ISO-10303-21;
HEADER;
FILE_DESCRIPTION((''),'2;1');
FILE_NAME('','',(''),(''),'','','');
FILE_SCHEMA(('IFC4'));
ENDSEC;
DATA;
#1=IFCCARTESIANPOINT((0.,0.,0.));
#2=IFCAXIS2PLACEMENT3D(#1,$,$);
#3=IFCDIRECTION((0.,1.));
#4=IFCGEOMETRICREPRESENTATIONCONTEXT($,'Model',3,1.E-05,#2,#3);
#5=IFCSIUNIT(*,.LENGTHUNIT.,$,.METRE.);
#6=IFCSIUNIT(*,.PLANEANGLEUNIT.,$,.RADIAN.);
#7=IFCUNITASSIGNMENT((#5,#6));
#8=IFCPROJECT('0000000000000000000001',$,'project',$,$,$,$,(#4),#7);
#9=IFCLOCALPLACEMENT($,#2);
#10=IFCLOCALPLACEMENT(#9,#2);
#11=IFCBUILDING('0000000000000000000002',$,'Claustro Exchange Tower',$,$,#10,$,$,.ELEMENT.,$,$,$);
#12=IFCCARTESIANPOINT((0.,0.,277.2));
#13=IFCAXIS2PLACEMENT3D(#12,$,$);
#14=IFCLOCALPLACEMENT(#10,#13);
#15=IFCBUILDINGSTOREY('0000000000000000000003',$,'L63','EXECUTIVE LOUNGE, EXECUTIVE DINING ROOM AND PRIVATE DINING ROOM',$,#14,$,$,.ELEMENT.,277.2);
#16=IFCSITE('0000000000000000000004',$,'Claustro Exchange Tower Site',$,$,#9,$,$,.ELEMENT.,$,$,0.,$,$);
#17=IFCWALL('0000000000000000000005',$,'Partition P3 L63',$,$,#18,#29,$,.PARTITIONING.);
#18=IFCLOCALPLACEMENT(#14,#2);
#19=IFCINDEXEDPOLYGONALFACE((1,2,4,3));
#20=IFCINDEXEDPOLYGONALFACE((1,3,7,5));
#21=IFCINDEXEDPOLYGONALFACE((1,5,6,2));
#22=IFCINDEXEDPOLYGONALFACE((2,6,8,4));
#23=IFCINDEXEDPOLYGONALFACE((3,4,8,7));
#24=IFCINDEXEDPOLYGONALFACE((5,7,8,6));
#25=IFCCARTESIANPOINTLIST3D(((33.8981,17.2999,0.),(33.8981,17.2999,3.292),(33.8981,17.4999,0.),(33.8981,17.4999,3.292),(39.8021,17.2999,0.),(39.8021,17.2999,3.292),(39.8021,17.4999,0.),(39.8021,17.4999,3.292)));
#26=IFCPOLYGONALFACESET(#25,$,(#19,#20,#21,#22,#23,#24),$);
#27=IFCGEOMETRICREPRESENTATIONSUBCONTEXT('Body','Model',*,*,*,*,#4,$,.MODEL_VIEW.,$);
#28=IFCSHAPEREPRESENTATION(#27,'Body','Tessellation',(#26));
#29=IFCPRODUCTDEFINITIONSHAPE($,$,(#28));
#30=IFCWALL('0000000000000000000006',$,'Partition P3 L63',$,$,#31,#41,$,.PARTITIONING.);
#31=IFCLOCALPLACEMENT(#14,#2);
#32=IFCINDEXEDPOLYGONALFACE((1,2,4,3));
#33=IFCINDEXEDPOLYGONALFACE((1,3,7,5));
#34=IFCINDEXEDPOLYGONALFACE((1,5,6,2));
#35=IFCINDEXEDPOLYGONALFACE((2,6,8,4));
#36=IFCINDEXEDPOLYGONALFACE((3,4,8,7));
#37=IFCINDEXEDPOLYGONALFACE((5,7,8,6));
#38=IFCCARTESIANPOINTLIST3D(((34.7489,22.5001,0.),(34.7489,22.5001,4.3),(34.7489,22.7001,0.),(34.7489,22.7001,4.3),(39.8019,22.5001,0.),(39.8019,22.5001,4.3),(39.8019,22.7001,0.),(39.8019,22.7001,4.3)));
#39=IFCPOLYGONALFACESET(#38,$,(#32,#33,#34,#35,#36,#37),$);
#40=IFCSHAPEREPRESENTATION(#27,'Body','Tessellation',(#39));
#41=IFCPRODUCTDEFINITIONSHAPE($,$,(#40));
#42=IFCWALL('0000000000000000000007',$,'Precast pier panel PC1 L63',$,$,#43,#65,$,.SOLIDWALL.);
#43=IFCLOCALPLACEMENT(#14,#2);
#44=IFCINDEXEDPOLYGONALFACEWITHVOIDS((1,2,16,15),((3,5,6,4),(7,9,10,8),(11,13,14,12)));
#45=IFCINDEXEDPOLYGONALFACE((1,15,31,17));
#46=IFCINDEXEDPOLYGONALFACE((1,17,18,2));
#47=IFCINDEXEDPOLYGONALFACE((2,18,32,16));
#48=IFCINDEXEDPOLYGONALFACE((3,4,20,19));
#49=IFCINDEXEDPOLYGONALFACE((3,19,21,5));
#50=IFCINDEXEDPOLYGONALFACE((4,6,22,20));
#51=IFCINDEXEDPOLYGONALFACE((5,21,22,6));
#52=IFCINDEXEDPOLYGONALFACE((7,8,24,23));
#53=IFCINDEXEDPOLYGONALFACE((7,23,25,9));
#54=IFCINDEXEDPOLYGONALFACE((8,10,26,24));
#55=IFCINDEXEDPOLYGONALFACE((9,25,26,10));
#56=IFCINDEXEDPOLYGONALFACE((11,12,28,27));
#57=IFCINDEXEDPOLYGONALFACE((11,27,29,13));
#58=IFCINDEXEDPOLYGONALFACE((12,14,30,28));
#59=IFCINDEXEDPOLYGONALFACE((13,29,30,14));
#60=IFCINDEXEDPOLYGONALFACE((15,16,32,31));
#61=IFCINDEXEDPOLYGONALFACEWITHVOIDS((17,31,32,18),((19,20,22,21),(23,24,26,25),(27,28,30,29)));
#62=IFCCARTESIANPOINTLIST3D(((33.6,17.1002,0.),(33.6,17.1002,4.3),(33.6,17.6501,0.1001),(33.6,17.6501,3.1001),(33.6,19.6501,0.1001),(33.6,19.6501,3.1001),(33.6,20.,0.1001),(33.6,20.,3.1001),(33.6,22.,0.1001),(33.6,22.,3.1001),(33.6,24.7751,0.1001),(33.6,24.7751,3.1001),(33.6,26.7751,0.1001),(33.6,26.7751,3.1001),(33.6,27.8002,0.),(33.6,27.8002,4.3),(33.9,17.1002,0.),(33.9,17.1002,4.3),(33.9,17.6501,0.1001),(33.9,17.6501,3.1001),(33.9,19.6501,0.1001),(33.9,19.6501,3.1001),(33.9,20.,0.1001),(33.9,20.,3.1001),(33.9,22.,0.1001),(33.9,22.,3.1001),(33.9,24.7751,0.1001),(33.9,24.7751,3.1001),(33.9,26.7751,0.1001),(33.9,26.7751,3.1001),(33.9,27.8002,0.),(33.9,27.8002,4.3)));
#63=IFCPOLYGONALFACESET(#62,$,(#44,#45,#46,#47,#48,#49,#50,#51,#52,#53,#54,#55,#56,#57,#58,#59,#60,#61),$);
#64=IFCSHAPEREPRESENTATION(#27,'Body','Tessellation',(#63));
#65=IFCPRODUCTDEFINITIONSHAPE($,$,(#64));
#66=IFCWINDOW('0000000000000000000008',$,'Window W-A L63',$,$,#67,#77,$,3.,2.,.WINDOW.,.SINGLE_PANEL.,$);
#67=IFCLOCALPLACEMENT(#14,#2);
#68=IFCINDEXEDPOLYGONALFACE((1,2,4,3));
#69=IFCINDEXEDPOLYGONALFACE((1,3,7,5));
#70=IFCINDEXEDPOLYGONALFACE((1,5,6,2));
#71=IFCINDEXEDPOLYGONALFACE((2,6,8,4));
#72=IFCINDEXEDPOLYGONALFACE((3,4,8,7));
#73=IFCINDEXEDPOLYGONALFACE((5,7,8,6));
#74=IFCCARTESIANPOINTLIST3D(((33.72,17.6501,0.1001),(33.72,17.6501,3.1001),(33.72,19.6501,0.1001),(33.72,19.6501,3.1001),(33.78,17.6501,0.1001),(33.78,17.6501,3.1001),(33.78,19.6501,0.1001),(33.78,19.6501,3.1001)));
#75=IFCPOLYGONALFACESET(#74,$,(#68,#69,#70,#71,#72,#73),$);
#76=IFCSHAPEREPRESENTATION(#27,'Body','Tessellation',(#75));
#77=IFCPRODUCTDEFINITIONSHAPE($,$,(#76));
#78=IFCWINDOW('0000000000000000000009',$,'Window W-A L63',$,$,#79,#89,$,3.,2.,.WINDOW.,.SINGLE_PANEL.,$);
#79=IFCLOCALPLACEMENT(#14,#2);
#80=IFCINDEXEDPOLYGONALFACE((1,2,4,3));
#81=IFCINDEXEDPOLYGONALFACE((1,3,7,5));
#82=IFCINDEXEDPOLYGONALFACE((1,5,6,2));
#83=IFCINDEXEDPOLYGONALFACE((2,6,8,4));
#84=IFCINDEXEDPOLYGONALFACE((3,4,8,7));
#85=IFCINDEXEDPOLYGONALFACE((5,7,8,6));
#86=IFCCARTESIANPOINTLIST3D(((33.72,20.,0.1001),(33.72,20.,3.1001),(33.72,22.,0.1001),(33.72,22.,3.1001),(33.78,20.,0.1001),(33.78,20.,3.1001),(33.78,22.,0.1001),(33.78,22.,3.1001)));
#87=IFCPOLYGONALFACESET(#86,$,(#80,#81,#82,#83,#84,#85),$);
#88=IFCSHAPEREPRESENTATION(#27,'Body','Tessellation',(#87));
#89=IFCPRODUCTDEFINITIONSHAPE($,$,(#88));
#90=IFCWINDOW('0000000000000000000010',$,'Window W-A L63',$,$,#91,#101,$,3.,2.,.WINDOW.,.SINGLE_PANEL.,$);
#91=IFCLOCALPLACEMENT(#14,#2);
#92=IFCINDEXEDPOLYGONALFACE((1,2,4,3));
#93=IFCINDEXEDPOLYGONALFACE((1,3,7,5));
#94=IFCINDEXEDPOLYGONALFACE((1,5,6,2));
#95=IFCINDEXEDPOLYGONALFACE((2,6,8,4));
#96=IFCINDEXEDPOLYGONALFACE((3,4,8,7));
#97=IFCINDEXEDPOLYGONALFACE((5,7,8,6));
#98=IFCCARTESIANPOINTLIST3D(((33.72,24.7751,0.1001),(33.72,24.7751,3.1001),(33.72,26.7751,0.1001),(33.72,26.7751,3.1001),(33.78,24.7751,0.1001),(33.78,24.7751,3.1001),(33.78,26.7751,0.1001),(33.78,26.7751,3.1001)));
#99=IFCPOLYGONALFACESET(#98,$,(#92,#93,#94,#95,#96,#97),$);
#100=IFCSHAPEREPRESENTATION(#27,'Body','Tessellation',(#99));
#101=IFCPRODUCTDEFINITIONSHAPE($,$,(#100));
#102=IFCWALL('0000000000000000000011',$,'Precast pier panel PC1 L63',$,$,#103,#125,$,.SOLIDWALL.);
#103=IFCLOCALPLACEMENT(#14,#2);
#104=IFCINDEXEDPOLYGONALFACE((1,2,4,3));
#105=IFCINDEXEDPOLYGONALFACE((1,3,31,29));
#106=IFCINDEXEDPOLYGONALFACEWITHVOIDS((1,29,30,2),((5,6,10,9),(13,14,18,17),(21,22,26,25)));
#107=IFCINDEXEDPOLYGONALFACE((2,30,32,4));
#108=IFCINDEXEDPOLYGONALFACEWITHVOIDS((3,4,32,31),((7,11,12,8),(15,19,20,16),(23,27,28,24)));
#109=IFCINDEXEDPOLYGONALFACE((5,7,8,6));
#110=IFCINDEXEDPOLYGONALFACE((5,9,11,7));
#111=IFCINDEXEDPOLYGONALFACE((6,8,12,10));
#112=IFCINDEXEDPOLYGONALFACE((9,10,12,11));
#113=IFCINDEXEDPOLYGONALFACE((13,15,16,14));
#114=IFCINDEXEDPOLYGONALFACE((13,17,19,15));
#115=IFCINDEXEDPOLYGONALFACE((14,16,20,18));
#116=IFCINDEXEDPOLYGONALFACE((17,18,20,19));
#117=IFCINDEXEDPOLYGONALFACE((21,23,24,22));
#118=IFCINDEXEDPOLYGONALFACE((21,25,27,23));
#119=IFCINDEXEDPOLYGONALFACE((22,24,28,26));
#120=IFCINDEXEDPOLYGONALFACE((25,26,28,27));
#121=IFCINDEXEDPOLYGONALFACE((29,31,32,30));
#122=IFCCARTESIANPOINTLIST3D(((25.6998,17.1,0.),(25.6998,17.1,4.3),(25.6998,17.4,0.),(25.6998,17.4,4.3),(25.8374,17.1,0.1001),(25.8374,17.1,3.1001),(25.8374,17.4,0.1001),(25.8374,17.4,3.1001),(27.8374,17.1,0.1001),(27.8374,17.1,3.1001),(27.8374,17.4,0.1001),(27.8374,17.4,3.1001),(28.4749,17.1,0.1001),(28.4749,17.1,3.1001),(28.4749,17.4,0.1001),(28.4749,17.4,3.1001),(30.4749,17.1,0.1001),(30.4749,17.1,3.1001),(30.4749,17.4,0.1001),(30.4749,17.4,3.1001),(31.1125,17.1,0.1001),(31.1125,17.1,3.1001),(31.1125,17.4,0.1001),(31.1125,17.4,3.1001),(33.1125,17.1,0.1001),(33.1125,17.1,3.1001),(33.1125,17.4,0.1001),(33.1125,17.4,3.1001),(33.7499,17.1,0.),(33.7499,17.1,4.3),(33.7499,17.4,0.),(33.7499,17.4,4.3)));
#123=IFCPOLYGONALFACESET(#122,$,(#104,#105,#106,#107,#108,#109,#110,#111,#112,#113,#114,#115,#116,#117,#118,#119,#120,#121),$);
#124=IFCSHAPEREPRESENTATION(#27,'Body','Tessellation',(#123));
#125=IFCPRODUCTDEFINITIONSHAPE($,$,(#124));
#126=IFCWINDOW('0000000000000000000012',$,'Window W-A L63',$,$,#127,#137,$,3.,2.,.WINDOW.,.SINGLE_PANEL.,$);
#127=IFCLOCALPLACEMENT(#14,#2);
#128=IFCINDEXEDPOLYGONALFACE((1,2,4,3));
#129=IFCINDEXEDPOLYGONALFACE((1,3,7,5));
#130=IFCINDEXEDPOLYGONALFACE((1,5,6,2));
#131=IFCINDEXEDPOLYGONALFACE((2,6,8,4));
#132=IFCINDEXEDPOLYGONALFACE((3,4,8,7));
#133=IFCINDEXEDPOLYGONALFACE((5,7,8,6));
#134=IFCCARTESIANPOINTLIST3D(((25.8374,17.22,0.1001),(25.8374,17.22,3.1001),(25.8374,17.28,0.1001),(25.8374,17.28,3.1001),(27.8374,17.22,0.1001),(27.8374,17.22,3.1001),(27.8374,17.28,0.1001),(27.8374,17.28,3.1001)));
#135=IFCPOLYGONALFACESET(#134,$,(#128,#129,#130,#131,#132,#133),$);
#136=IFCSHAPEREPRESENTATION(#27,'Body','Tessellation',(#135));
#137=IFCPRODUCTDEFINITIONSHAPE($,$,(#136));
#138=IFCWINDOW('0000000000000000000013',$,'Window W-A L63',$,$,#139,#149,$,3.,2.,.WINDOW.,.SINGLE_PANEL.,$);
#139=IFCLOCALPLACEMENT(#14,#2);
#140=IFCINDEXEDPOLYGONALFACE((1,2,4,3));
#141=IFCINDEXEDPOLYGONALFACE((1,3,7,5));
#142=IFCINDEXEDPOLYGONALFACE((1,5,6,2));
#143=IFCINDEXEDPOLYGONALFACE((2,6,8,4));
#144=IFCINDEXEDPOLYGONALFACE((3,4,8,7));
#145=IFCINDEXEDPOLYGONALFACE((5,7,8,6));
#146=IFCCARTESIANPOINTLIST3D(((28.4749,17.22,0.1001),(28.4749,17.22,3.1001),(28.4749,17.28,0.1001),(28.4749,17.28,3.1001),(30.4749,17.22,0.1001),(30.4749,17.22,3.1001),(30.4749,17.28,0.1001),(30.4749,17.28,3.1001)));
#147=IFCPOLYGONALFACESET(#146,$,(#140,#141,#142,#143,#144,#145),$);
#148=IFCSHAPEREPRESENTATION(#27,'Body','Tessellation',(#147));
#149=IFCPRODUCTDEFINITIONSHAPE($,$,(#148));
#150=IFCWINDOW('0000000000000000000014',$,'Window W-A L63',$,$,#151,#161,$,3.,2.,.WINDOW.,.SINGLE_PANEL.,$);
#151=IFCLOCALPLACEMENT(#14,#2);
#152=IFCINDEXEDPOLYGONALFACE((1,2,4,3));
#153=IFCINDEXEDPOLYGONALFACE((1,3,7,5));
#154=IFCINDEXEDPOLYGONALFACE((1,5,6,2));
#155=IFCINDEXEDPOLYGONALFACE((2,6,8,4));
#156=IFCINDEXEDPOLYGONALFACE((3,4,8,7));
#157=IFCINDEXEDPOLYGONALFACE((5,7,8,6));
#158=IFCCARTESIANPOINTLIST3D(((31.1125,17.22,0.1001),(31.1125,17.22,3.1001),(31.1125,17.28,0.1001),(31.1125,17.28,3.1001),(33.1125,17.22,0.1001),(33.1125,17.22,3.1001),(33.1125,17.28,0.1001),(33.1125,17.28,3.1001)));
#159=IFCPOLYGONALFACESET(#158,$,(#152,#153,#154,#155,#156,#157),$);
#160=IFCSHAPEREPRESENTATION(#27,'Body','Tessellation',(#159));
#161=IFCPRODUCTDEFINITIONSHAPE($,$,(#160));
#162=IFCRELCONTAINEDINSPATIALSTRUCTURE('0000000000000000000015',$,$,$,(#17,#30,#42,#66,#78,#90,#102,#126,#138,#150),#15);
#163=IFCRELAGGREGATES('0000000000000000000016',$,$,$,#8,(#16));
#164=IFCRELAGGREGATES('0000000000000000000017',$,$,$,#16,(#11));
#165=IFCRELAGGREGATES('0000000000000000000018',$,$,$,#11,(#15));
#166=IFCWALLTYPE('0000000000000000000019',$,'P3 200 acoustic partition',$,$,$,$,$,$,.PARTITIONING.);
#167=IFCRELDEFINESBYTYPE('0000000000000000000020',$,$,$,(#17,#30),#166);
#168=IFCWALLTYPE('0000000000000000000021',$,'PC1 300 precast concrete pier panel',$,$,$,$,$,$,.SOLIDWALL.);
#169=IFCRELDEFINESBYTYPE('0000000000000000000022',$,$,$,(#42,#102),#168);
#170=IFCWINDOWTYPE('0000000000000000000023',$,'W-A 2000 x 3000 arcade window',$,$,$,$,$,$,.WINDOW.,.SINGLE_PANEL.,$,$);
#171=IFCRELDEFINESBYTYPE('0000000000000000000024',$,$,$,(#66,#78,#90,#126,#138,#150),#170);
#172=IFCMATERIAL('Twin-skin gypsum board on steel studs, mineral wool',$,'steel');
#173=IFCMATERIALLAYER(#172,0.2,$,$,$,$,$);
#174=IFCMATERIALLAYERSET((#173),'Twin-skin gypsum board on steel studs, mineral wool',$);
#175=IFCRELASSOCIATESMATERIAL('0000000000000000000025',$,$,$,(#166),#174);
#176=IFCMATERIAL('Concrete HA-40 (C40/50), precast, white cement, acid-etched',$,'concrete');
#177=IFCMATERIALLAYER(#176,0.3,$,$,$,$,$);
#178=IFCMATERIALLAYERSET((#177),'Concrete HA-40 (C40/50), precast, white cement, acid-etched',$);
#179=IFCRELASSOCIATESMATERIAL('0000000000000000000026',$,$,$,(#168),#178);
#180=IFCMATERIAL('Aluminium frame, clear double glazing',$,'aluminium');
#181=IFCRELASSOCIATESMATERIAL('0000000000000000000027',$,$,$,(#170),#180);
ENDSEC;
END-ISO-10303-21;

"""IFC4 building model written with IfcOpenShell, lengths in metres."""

from ifc_helpers import new_model, si_unit, direction, frame, frame_2d, origin, place, context, subcontext, project, spatial, rectangle, extrude, material, layer, layer_set, type_object, element, fill, save


model = new_model("IFC4")

# Units and contexts
model_context = context("Model", 3, precision=1e-05, world=origin(), true_north=direction((0.0, 1.0)))
body_context = subcontext(model_context, "Body", "Model", "MODEL_VIEW")
ifc_project = project(units=[si_unit("LENGTHUNIT", "METRE"), si_unit("PLANEANGLEUNIT", "RADIAN")], contexts=[model_context])

# Site, building, storey
site_placement = place(None, origin())
site = spatial("IfcSite", under=ifc_project, at=site_placement, Name="Claustro Exchange Tower Site", CompositionType="ELEMENT", RefElevation=0.0)
building_placement = place(site_placement, origin())
building = spatial("IfcBuilding", under=site, at=building_placement, Name="Claustro Exchange Tower", CompositionType="ELEMENT")
storey_placement = place(building_placement, frame((0.0, 0.0, 277.2)))
storey = spatial("IfcBuildingStorey", under=building, at=storey_placement, Name="L63", Description="EXECUTIVE LOUNGE, EXECUTIVE DINING ROOM AND PRIVATE DINING ROOM", CompositionType="ELEMENT", Elevation=277.2)

# Walls
ifc_material_1 = material(Name="Twin-skin gypsum board on steel studs, mineral wool", Category="steel")
ifc_layer_1 = layer(ifc_material_1, 0.2)
ifc_layer_set_1 = layer_set([ifc_layer_1], Name="Twin-skin gypsum board on steel studs, mineral wool")
wall_type_1 = type_object("IfcWallType", Name="P3 200 acoustic partition", PredefinedType="PARTITIONING", material=ifc_layer_set_1)
wall_1_placement = place(storey_placement, frame((33.8979, 17.3999, 0.0), z_axis=(0.0, 0.0, 1.0), x_axis=(1.0, 0.0, 0.0)))
element("IfcWall", 1, at=wall_1_placement, inside=storey, type_object=wall_type_1, Name="Partition P3 L63", PredefinedType="PARTITIONING", context=body_context, shape_type="SweptSolid", body=[
    extrude(rectangle(XDim=5.9041, YDim=0.2, at=frame_2d((2.9521, 0.0))), origin(), (0.0, 0.0, 1.0), 3.292),
])
wall_2_placement = place(storey_placement, frame((34.749, 22.6001, 0.0), z_axis=(0.0, 0.0, 1.0), x_axis=(1.0, 0.0, 0.0)))
element("IfcWall", 2, at=wall_2_placement, inside=storey, type_object=wall_type_1, Name="Partition P3 L63", PredefinedType="PARTITIONING", context=body_context, shape_type="SweptSolid", body=[
    extrude(rectangle(XDim=5.053, YDim=0.2, at=frame_2d((2.5264, 0.0))), origin(), (0.0, 0.0, 1.0), 4.3),
])

# Walls, openings, windows
ifc_material_2 = material(Name="Concrete HA-40 (C40/50), precast, white cement, acid-etched", Category="concrete")
ifc_layer_2 = layer(ifc_material_2, 0.3)
ifc_layer_set_2 = layer_set([ifc_layer_2], Name="Concrete HA-40 (C40/50), precast, white cement, acid-etched")
wall_type_2 = type_object("IfcWallType", Name="PC1 300 precast concrete pier panel", PredefinedType="SOLIDWALL", material=ifc_layer_set_2)
wall_3_placement = place(storey_placement, frame((33.75, 17.1001, 0.0), z_axis=(0.0, 0.0, 1.0), x_axis=(0.0, 1.0, 0.0)))
wall_3 = element("IfcWall", 3, at=wall_3_placement, inside=storey, type_object=wall_type_2, Name="Precast pier panel PC1 L63", PredefinedType="SOLIDWALL", context=body_context, shape_type="SweptSolid", body=[
    extrude(rectangle(XDim=10.7, YDim=0.3, at=frame_2d((5.3501, 0.0))), origin(), (0.0, 0.0, 1.0), 4.3),
])
opening_1_placement = place(wall_3_placement, frame((0.55, 0.0, 0.1001)))
opening_1 = element("IfcOpeningElement", 4, at=opening_1_placement, cuts=wall_3, PredefinedType="OPENING", context=body_context, shape_type="SweptSolid", body=[
    extrude(rectangle(XDim=2.0, YDim=3.0, at=frame_2d((1.0, 1.5))), frame((0.0, 0.1599, 0.0), z_axis=(0.0, -1.0, 0.0), x_axis=(1.0, 0.0, 0.0)), (0.0, 0.0, 1.0), 0.3201),
])
opening_2_placement = place(wall_3_placement, frame((2.8999, 0.0, 0.1001)))
opening_2 = element("IfcOpeningElement", 5, at=opening_2_placement, cuts=wall_3, PredefinedType="OPENING", context=body_context, shape_type="SweptSolid", body=[
    extrude(rectangle(XDim=2.0, YDim=3.0, at=frame_2d((1.0, 1.5))), frame((0.0, 0.1599, 0.0), z_axis=(0.0, -1.0, 0.0), x_axis=(1.0, 0.0, 0.0)), (0.0, 0.0, 1.0), 0.3201),
])
opening_3_placement = place(wall_3_placement, frame((7.675, 0.0, 0.1001)))
opening_3 = element("IfcOpeningElement", 6, at=opening_3_placement, cuts=wall_3, PredefinedType="OPENING", context=body_context, shape_type="SweptSolid", body=[
    extrude(rectangle(XDim=2.0, YDim=3.0, at=frame_2d((1.0, 1.5))), frame((0.0, 0.1599, 0.0), z_axis=(0.0, -1.0, 0.0), x_axis=(1.0, 0.0, 0.0)), (0.0, 0.0, 1.0), 0.3201),
])
ifc_material_3 = material(Name="Aluminium frame, clear double glazing", Category="aluminium")
window_type = type_object("IfcWindowType", Name="W-A 2000 x 3000 arcade window", PartitioningType="SINGLE_PANEL", PredefinedType="WINDOW", material=ifc_material_3)
window_1_placement = place(opening_1_placement, origin())
window_1 = element("IfcWindow", 7, at=window_1_placement, inside=storey, type_object=window_type, Name="Window W-A L63", OverallHeight=3.0, OverallWidth=2.0, PartitioningType="SINGLE_PANEL", PredefinedType="WINDOW", context=body_context, shape_type="SweptSolid", body=[
    extrude(rectangle(XDim=2.0, YDim=3.0, at=frame_2d((1.0, 1.5))), frame((0.0, 0.03, 0.0), z_axis=(0.0, -1.0, 0.0), x_axis=(1.0, 0.0, 0.0)), (0.0, 0.0, 1.0), 0.0601),
])
fill(opening_1, window_1)
window_2_placement = place(opening_2_placement, origin())
window_2 = element("IfcWindow", 8, at=window_2_placement, inside=storey, type_object=window_type, Name="Window W-A L63", OverallHeight=3.0, OverallWidth=2.0, PartitioningType="SINGLE_PANEL", PredefinedType="WINDOW", context=body_context, shape_type="SweptSolid", body=[
    extrude(rectangle(XDim=2.0, YDim=3.0, at=frame_2d((1.0, 1.5))), frame((0.0, 0.03, 0.0), z_axis=(0.0, -1.0, 0.0), x_axis=(1.0, 0.0, 0.0)), (0.0, 0.0, 1.0), 0.0601),
])
fill(opening_2, window_2)
window_3_placement = place(opening_3_placement, origin())
window_3 = element("IfcWindow", 9, at=window_3_placement, inside=storey, type_object=window_type, Name="Window W-A L63", OverallHeight=3.0, OverallWidth=2.0, PartitioningType="SINGLE_PANEL", PredefinedType="WINDOW", context=body_context, shape_type="SweptSolid", body=[
    extrude(rectangle(XDim=2.0, YDim=3.0, at=frame_2d((1.0, 1.5))), frame((0.0, 0.03, 0.0), z_axis=(0.0, -1.0, 0.0), x_axis=(1.0, 0.0, 0.0)), (0.0, 0.0, 1.0), 0.0601),
])
fill(opening_3, window_3)
wall_4_placement = place(storey_placement, frame((25.7, 17.25, 0.0), z_axis=(0.0, 0.0, 1.0), x_axis=(1.0, 0.0, 0.0)))
wall_4 = element("IfcWall", 10, at=wall_4_placement, inside=storey, type_object=wall_type_2, Name="Precast pier panel PC1 L63", PredefinedType="SOLIDWALL", context=body_context, shape_type="SweptSolid", body=[
    extrude(rectangle(XDim=8.05, YDim=0.3, at=frame_2d((4.0249, 0.0))), origin(), (0.0, 0.0, 1.0), 4.3),
])
opening_4_placement = place(wall_4_placement, frame((0.1375, 0.0, 0.1001)))
opening_4 = element("IfcOpeningElement", 11, at=opening_4_placement, cuts=wall_4, PredefinedType="OPENING", context=body_context, shape_type="SweptSolid", body=[
    extrude(rectangle(XDim=2.0, YDim=3.0, at=frame_2d((1.0, 1.5))), frame((0.0, 0.1599, 0.0), z_axis=(0.0, -1.0, 0.0), x_axis=(1.0, 0.0, 0.0)), (0.0, 0.0, 1.0), 0.3201),
])
opening_5_placement = place(wall_4_placement, frame((2.7749, 0.0, 0.1001)))
opening_5 = element("IfcOpeningElement", 12, at=opening_5_placement, cuts=wall_4, PredefinedType="OPENING", context=body_context, shape_type="SweptSolid", body=[
    extrude(rectangle(XDim=2.0, YDim=3.0, at=frame_2d((1.0, 1.5))), frame((0.0, 0.1599, 0.0), z_axis=(0.0, -1.0, 0.0), x_axis=(1.0, 0.0, 0.0)), (0.0, 0.0, 1.0), 0.3201),
])
opening_6_placement = place(wall_4_placement, frame((5.4126, 0.0, 0.1001)))
opening_6 = element("IfcOpeningElement", 13, at=opening_6_placement, cuts=wall_4, PredefinedType="OPENING", context=body_context, shape_type="SweptSolid", body=[
    extrude(rectangle(XDim=2.0, YDim=3.0, at=frame_2d((1.0, 1.5))), frame((0.0, 0.1599, 0.0), z_axis=(0.0, -1.0, 0.0), x_axis=(1.0, 0.0, 0.0)), (0.0, 0.0, 1.0), 0.3201),
])
window_4_placement = place(opening_4_placement, origin())
window_4 = element("IfcWindow", 14, at=window_4_placement, inside=storey, type_object=window_type, Name="Window W-A L63", OverallHeight=3.0, OverallWidth=2.0, PartitioningType="SINGLE_PANEL", PredefinedType="WINDOW", context=body_context, shape_type="SweptSolid", body=[
    extrude(rectangle(XDim=2.0, YDim=3.0, at=frame_2d((1.0, 1.5))), frame((0.0, 0.03, 0.0), z_axis=(0.0, -1.0, 0.0), x_axis=(1.0, 0.0, 0.0)), (0.0, 0.0, 1.0), 0.0601),
])
fill(opening_4, window_4)
window_5_placement = place(opening_5_placement, origin())
window_5 = element("IfcWindow", 15, at=window_5_placement, inside=storey, type_object=window_type, Name="Window W-A L63", OverallHeight=3.0, OverallWidth=2.0, PartitioningType="SINGLE_PANEL", PredefinedType="WINDOW", context=body_context, shape_type="SweptSolid", body=[
    extrude(rectangle(XDim=2.0, YDim=3.0, at=frame_2d((1.0, 1.5))), frame((0.0, 0.03, 0.0), z_axis=(0.0, -1.0, 0.0), x_axis=(1.0, 0.0, 0.0)), (0.0, 0.0, 1.0), 0.0601),
])
fill(opening_5, window_5)
window_6_placement = place(opening_6_placement, origin())
window_6 = element("IfcWindow", 16, at=window_6_placement, inside=storey, type_object=window_type, Name="Window W-A L63", OverallHeight=3.0, OverallWidth=2.0, PartitioningType="SINGLE_PANEL", PredefinedType="WINDOW", context=body_context, shape_type="SweptSolid", body=[
    extrude(rectangle(XDim=2.0, YDim=3.0, at=frame_2d((1.0, 1.5))), frame((0.0, 0.03, 0.0), z_axis=(0.0, -1.0, 0.0), x_axis=(1.0, 0.0, 0.0)), (0.0, 0.0, 1.0), 0.0601),
])
fill(opening_6, window_6)

save(model, "model.ifc")
